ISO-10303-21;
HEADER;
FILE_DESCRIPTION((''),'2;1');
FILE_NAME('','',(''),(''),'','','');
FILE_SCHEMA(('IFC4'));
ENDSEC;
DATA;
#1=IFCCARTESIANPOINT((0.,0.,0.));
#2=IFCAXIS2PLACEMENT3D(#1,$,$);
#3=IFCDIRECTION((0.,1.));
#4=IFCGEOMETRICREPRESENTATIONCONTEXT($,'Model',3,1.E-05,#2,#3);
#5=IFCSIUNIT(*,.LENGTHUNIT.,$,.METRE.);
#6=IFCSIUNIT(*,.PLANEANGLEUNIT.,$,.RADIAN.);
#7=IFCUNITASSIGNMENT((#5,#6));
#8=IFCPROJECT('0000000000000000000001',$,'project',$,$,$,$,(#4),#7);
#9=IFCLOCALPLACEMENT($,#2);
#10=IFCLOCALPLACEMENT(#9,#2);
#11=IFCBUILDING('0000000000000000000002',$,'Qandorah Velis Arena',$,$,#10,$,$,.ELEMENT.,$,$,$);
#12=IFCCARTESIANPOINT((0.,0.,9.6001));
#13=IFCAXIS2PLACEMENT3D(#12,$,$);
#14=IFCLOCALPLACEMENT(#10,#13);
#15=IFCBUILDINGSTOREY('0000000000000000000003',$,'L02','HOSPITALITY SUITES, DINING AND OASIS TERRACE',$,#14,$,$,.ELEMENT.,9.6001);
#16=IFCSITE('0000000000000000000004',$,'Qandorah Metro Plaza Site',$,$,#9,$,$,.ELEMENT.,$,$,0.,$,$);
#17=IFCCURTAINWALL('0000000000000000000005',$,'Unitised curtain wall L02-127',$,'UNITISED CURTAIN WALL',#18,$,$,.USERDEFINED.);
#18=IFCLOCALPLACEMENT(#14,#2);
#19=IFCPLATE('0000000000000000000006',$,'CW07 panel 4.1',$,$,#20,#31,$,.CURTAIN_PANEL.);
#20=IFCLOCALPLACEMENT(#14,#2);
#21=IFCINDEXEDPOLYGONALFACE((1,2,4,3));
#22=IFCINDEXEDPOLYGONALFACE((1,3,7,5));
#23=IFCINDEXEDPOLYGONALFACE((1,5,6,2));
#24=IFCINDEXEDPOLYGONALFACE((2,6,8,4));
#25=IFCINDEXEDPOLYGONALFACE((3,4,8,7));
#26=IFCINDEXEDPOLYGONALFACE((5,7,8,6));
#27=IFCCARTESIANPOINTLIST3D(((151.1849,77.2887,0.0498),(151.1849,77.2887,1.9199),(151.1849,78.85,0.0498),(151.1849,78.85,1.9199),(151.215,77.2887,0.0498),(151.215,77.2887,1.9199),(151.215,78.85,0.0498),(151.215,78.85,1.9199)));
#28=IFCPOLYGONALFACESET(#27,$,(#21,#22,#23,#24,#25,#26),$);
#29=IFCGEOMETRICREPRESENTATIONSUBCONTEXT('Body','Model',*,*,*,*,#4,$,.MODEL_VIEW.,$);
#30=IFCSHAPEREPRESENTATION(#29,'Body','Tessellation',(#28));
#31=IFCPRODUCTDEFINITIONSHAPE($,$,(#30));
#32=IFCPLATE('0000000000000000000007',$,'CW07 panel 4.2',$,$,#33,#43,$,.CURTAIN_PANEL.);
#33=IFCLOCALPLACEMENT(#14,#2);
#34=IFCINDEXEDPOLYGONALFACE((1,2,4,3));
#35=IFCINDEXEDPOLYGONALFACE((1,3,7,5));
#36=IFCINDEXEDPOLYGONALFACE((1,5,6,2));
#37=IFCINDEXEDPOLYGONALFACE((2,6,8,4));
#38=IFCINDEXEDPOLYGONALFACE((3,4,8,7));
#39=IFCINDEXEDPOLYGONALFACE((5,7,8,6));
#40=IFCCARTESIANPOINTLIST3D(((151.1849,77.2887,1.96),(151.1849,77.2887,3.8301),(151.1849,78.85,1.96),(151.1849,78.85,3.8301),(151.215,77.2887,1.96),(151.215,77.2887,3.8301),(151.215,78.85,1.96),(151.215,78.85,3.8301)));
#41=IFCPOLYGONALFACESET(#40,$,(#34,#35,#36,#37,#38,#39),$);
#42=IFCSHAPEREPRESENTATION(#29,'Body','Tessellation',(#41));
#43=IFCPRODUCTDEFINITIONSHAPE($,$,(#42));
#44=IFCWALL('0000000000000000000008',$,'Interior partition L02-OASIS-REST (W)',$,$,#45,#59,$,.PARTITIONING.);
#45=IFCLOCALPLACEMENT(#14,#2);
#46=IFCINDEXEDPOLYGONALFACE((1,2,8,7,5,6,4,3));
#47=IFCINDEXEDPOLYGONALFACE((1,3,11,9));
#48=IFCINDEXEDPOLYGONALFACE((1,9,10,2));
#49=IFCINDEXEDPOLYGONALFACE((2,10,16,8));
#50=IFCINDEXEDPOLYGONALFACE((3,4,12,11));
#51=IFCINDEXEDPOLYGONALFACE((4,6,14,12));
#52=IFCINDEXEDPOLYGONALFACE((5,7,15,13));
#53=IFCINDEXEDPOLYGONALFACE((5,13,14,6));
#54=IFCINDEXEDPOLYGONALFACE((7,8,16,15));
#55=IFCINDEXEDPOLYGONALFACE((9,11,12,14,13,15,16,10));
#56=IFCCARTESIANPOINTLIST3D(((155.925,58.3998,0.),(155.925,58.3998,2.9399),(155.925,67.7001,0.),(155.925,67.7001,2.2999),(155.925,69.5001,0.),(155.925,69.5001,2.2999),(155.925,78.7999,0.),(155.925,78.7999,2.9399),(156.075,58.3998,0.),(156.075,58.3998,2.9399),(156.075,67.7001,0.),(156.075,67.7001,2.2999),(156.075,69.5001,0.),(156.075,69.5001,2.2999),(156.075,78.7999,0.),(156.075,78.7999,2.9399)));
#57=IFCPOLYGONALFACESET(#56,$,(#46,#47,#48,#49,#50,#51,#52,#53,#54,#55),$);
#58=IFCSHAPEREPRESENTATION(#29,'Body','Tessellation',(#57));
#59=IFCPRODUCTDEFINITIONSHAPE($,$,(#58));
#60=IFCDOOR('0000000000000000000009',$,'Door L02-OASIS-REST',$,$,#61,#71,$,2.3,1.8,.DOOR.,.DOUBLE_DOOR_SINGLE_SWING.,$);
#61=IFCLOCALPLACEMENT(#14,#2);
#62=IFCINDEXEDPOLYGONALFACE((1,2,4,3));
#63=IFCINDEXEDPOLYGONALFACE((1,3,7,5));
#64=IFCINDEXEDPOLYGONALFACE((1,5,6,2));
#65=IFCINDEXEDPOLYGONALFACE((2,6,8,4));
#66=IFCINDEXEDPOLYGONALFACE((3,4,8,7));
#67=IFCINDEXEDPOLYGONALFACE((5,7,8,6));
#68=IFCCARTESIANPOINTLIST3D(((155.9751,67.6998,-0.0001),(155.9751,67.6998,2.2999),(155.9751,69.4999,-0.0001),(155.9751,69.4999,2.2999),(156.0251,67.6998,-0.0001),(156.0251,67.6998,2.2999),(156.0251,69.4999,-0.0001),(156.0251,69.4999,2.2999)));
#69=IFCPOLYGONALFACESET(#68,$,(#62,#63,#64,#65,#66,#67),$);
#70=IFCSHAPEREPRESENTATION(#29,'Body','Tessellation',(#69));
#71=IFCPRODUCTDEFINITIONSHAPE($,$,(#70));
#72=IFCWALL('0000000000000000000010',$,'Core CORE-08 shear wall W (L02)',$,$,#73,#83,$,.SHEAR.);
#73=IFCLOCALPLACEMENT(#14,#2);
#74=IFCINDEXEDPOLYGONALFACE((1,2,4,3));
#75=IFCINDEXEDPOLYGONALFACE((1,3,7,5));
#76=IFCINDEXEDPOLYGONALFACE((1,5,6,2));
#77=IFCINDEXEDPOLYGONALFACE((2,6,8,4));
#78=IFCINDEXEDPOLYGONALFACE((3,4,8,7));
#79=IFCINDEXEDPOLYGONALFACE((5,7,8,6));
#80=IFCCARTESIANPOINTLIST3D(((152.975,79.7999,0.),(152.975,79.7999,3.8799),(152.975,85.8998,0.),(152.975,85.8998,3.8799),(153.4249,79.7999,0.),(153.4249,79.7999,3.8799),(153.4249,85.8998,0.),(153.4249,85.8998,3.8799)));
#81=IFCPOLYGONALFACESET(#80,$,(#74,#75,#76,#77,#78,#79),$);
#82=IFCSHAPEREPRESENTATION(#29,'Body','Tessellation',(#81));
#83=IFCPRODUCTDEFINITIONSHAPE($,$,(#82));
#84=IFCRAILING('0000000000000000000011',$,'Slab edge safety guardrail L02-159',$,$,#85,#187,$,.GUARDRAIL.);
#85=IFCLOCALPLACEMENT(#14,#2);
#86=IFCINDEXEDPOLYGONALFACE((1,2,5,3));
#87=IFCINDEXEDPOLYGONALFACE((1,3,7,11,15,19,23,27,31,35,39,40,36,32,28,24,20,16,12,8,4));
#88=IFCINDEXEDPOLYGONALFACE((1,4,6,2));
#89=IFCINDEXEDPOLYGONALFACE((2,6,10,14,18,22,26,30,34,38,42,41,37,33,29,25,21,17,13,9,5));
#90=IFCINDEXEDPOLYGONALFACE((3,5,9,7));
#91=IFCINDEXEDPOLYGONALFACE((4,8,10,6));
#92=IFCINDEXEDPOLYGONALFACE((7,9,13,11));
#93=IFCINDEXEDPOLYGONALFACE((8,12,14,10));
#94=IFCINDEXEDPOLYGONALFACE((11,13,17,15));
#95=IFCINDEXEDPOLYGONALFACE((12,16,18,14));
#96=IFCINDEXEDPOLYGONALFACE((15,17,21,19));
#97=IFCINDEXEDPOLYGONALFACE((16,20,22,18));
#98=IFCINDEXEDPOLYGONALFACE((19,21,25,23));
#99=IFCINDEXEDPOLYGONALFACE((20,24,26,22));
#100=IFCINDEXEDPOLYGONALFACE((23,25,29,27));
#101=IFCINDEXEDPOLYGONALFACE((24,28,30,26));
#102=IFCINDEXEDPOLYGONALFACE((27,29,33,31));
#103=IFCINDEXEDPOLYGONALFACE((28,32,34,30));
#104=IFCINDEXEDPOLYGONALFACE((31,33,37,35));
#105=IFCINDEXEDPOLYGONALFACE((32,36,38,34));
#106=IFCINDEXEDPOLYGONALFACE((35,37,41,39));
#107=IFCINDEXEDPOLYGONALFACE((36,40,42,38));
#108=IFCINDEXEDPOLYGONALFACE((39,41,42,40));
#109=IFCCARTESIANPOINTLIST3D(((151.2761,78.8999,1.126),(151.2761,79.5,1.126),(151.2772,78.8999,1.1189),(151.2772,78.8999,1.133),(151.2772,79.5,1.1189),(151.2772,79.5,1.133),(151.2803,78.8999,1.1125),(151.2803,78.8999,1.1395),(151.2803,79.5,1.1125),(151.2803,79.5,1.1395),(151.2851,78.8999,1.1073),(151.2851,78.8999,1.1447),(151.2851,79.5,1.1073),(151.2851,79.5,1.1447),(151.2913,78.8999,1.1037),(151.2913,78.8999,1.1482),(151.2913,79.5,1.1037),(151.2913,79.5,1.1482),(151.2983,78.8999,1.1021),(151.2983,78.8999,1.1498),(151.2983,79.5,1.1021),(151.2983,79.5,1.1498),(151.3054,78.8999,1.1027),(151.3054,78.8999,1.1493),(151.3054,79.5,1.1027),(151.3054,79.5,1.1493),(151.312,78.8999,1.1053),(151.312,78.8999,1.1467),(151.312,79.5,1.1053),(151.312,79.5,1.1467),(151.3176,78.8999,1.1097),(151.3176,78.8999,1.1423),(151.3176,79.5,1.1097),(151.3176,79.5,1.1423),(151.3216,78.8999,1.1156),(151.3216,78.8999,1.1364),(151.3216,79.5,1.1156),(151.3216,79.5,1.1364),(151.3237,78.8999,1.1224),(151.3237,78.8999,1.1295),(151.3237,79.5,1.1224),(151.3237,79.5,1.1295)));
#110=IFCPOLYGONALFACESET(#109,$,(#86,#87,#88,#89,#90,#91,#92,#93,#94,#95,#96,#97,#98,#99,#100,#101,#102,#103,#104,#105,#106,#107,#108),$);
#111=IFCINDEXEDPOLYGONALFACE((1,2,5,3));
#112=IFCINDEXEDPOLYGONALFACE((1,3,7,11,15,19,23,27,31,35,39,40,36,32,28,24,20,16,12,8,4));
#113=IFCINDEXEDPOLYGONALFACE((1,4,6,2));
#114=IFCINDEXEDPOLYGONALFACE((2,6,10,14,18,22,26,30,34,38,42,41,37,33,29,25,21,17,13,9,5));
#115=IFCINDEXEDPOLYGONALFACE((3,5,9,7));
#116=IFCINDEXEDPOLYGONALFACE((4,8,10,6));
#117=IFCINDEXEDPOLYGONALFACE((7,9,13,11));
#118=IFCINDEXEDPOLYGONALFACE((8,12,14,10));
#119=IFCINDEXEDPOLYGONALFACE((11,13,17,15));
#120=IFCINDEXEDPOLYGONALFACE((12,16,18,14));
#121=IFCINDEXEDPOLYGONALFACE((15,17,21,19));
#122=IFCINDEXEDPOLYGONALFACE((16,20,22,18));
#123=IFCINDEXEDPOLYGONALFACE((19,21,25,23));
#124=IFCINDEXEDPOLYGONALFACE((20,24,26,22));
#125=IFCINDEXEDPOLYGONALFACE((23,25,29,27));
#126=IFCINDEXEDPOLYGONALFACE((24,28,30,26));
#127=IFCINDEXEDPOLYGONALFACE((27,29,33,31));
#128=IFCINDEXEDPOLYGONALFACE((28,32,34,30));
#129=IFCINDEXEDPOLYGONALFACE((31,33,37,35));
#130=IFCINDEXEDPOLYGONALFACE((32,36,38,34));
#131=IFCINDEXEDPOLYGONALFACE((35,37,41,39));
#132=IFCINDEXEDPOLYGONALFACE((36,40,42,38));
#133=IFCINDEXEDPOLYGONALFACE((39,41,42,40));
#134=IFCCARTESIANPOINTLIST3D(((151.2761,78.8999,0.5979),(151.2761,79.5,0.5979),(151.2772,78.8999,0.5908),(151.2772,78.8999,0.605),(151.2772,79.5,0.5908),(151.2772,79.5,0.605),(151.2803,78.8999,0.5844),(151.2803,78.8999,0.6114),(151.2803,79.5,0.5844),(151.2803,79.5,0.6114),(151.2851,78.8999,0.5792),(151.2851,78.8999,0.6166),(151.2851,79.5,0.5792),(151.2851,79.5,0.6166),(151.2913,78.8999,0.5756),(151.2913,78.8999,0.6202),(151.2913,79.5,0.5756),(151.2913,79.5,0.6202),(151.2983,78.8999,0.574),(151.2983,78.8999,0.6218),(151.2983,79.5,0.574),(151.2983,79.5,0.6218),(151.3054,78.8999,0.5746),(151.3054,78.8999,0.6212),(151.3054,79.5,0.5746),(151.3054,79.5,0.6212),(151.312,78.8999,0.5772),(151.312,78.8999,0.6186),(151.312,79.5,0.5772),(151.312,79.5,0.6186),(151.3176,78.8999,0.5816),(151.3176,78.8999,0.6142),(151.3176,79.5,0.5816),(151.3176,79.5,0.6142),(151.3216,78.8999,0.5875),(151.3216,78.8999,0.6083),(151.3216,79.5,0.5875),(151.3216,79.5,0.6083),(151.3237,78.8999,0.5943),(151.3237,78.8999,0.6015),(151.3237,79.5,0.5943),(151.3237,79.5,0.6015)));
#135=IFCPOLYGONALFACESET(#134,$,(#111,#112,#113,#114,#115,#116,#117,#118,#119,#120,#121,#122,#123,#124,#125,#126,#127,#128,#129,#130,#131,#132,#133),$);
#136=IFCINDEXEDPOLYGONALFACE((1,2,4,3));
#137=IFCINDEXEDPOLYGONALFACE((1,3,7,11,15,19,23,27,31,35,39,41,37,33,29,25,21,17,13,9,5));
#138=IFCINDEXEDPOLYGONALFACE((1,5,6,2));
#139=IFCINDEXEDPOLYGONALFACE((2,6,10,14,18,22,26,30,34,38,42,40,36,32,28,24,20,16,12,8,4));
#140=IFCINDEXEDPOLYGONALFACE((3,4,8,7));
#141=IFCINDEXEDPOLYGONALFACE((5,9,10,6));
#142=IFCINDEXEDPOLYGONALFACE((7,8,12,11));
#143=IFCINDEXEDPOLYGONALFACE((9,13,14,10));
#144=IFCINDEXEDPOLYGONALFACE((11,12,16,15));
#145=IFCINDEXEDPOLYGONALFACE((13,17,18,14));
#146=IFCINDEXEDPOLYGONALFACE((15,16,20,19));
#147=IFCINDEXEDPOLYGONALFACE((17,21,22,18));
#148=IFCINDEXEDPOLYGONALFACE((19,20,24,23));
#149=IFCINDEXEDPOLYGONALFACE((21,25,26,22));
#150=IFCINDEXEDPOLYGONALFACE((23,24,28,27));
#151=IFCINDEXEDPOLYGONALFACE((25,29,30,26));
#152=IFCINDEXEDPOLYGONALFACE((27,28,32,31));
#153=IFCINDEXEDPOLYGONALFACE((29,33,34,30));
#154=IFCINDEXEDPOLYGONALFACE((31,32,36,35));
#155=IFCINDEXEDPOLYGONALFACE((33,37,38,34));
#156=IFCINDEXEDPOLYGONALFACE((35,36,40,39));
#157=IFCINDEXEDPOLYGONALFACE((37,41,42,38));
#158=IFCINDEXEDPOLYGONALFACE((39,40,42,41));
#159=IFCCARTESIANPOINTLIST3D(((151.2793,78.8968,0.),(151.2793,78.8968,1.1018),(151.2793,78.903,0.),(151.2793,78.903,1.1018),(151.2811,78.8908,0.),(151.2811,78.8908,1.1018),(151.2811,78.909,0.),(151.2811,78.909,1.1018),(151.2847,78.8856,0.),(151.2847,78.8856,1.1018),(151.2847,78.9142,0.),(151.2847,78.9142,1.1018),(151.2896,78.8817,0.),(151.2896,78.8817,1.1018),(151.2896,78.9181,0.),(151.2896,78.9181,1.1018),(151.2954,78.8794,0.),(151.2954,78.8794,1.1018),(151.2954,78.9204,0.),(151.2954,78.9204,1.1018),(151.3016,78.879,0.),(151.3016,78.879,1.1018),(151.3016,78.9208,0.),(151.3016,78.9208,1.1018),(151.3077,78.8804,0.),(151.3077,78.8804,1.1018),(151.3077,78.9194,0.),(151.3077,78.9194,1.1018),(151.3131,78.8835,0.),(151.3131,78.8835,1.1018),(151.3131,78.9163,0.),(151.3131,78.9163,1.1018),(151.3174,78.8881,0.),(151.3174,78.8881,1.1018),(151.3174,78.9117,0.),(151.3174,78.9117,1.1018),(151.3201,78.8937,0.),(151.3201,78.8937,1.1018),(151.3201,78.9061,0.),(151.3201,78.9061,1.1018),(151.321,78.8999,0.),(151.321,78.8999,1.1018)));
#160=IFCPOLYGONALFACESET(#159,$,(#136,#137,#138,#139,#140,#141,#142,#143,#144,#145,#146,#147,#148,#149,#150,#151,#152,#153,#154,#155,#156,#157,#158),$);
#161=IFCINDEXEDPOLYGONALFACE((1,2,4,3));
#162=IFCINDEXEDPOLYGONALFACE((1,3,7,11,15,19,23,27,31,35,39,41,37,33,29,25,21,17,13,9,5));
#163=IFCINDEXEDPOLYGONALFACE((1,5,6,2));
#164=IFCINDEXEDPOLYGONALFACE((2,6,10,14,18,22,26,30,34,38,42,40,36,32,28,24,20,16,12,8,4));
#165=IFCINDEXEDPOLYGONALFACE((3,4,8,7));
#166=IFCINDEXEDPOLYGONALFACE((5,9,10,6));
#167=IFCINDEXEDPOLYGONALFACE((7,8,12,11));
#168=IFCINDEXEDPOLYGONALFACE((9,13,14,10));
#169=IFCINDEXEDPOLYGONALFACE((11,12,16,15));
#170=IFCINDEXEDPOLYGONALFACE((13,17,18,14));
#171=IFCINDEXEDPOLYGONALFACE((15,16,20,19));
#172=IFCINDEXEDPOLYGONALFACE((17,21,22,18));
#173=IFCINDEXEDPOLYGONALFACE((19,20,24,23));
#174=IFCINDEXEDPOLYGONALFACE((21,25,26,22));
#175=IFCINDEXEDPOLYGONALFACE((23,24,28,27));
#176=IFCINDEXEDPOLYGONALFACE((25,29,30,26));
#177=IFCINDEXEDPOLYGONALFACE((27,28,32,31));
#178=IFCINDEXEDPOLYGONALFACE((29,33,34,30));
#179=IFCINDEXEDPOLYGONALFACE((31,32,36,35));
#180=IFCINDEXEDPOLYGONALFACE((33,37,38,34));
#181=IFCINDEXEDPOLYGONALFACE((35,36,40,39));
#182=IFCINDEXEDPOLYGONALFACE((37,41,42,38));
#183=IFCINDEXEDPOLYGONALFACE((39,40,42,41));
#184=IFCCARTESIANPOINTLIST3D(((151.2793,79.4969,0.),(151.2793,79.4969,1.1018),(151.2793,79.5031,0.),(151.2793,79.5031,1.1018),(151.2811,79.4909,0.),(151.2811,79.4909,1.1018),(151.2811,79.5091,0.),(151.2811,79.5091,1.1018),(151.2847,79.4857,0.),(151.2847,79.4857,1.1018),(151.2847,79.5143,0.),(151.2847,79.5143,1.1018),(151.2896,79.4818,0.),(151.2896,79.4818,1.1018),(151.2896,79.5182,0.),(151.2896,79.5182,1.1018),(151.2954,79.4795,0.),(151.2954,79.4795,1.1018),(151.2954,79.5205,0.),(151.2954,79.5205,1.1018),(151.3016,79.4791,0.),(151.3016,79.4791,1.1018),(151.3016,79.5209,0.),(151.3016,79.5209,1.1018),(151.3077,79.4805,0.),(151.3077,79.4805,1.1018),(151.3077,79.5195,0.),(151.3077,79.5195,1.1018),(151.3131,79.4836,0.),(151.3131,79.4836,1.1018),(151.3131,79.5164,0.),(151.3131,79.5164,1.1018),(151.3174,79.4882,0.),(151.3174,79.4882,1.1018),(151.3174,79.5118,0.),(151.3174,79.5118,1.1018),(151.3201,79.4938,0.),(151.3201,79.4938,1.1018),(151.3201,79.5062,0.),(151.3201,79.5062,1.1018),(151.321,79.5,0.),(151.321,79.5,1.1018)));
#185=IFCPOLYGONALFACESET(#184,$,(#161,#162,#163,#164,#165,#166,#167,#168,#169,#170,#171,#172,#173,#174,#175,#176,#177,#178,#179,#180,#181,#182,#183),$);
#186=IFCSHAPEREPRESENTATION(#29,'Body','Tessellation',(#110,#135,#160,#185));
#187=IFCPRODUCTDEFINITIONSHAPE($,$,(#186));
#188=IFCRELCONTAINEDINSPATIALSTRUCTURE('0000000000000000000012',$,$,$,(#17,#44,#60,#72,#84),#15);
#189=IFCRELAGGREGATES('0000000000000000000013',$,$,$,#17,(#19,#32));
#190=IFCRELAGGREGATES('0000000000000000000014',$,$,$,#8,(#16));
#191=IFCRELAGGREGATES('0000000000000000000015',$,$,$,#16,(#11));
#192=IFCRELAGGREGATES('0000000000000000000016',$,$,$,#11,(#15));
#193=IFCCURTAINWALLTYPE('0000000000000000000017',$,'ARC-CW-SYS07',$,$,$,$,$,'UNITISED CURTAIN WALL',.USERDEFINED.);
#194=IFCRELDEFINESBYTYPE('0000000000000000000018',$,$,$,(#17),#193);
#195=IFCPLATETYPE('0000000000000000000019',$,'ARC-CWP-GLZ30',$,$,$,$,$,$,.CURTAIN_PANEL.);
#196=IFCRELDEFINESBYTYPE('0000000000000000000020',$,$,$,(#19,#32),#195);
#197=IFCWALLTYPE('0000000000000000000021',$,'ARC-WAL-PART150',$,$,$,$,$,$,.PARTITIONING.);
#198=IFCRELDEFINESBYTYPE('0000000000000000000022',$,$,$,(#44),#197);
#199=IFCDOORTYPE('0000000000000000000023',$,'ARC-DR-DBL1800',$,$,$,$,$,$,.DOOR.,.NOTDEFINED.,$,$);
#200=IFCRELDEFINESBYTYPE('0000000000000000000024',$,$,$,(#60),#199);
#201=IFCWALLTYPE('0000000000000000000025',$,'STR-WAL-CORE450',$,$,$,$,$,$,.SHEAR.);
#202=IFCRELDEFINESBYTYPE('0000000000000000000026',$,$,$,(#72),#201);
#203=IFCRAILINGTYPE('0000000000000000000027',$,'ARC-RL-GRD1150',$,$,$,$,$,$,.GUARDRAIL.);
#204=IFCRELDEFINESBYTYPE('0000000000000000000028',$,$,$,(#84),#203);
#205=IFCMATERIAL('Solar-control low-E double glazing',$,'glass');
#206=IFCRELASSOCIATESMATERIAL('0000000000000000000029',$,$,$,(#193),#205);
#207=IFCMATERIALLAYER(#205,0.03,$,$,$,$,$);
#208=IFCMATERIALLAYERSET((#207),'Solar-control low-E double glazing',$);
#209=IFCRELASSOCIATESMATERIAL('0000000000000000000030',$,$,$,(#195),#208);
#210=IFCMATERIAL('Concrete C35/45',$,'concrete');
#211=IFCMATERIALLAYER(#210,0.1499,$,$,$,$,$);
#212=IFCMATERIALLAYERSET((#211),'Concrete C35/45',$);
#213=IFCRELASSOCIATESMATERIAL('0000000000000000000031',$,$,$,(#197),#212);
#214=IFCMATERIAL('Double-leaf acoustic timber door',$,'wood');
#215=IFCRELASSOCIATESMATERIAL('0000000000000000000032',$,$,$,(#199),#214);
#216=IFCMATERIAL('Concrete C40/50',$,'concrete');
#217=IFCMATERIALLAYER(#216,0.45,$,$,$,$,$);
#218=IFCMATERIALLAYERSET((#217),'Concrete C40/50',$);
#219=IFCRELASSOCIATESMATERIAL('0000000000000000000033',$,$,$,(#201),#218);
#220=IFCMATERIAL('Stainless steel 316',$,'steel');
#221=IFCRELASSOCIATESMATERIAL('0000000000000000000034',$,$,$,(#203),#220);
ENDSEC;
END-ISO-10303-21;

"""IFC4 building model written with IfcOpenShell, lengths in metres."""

from ifc_helpers import new_model, si_unit, direction, frame, frame_2d, origin, origin_2d, place, context, subcontext, project, spatial, rectangle, circle, extrude, material, layer, layer_set, type_object, element, fill, aggregate, save


model = new_model("IFC4")

# Units and contexts
model_context = context("Model", 3, precision=1e-05, world=origin(), true_north=direction((0.0, 1.0)))
body_context = subcontext(model_context, "Body", "Model", "MODEL_VIEW")
ifc_project = project(units=[si_unit("LENGTHUNIT", "METRE"), si_unit("PLANEANGLEUNIT", "RADIAN")], contexts=[model_context])

# Site, building, storey
site_placement = place(None, origin())
site = spatial("IfcSite", under=ifc_project, at=site_placement, Name="Qandorah Metro Plaza Site", CompositionType="ELEMENT", RefElevation=0.0)
building_placement = place(site_placement, origin())
building = spatial("IfcBuilding", under=site, at=building_placement, Name="Qandorah Velis Arena", CompositionType="ELEMENT")
storey_placement = place(building_placement, frame((0.0, 0.0, 9.6001)))
storey = spatial("IfcBuildingStorey", under=building, at=storey_placement, Name="L02", Description="HOSPITALITY SUITES, DINING AND OASIS TERRACE", CompositionType="ELEMENT", Elevation=9.6001)

# Curtain wall
ifc_material_1 = material(Name="Solar-control low-E double glazing", Category="glass")
curtain_wall_type_1 = type_object("IfcCurtainWallType", Name="ARC-CW-SYS07", ElementType="UNITISED CURTAIN WALL", PredefinedType="USERDEFINED", material=ifc_material_1)
curtain_wall_1_placement = place(storey_placement, origin())
curtain_wall_1 = element("IfcCurtainWall", 1, at=curtain_wall_1_placement, inside=storey, type_object=curtain_wall_type_1, Name="Unitised curtain wall L02-127", ObjectType="UNITISED CURTAIN WALL", PredefinedType="USERDEFINED")

# Plates
ifc_layer_1 = layer(ifc_material_1, 0.03)
ifc_layer_set_1 = layer_set([ifc_layer_1], Name="Solar-control low-E double glazing")
plate_type = type_object("IfcPlateType", Name="ARC-CWP-GLZ30", PredefinedType="CURTAIN_PANEL", material=ifc_layer_set_1)
plate_1_placement = place(storey_placement, frame((151.2, 78.0693, 0.0498), z_axis=(0.0, 0.0, 1.0), x_axis=(0.0, 1.0, 0.0)))
plate_1 = element("IfcPlate", 2, at=plate_1_placement, type_object=plate_type, Name="CW07 panel 4.1", PredefinedType="CURTAIN_PANEL", context=body_context, shape_type="SweptSolid", body=[
    extrude(rectangle(XDim=1.5613, YDim=0.03, at=origin_2d()), origin(), (0.0, 0.0, 1.0), 1.8701),
])
plate_2_placement = place(storey_placement, frame((151.2, 78.0693, 1.96), z_axis=(0.0, 0.0, 1.0), x_axis=(0.0, 1.0, 0.0)))
plate_2 = element("IfcPlate", 3, at=plate_2_placement, type_object=plate_type, Name="CW07 panel 4.2", PredefinedType="CURTAIN_PANEL", context=body_context, shape_type="SweptSolid", body=[
    extrude(rectangle(XDim=1.5613, YDim=0.03, at=origin_2d()), origin(), (0.0, 0.0, 1.0), 1.8701),
])
aggregate(curtain_wall_1, [plate_1, plate_2])

# Wall, opening, door
ifc_material_2 = material(Name="Concrete C35/45", Category="concrete")
ifc_layer_2 = layer(ifc_material_2, 0.1499)
ifc_layer_set_2 = layer_set([ifc_layer_2], Name="Concrete C35/45")
wall_type_1 = type_object("IfcWallType", Name="ARC-WAL-PART150", PredefinedType="PARTITIONING", material=ifc_layer_set_2)
wall_1_placement = place(storey_placement, frame((156.0, 78.8, 0.0), z_axis=(0.0, 0.0, 1.0), x_axis=(0.0, -1.0, 0.0)))
wall_1 = element("IfcWall", 4, at=wall_1_placement, inside=storey, type_object=wall_type_1, Name="Interior partition L02-OASIS-REST (W)", PredefinedType="PARTITIONING", context=body_context, shape_type="SweptSolid", body=[
    extrude(rectangle(XDim=20.4001, YDim=0.1499, at=frame_2d((10.2002, 0.0))), origin(), (0.0, 0.0, 1.0), 2.9399),
])
opening_1_placement = place(wall_1_placement, frame((9.3, 0.0, 0.0)))
opening_1 = element("IfcOpeningElement", 5, at=opening_1_placement, cuts=wall_1, PredefinedType="OPENING", context=body_context, shape_type="SweptSolid", body=[
    extrude(rectangle(XDim=1.8, YDim=2.3, at=frame_2d((0.8999, 1.1499))), frame((0.0, 0.085, 0.0), z_axis=(0.0, -1.0, 0.0), x_axis=(1.0, 0.0, 0.0)), (0.0, 0.0, 1.0), 0.1699),
])
ifc_material_3 = material(Name="Double-leaf acoustic timber door", Category="wood")
door_type_1 = type_object("IfcDoorType", Name="ARC-DR-DBL1800", OperationType="NOTDEFINED", PredefinedType="DOOR", material=ifc_material_3)
door_1_placement = place(opening_1_placement, frame((1.8, 0.0, 0.0), z_axis=(0.0, 0.0, 1.0), x_axis=(-1.0, 0.0, 0.0)))
door_1 = element("IfcDoor", 6, at=door_1_placement, inside=storey, type_object=door_type_1, Name="Door L02-OASIS-REST", OperationType="DOUBLE_DOOR_SINGLE_SWING", OverallHeight=2.3, OverallWidth=1.8, PredefinedType="DOOR", context=body_context, shape_type="SweptSolid", body=[
    extrude(rectangle(XDim=1.8, YDim=2.3, at=frame_2d((0.8999, 1.1499))), frame((0.0, 0.0249, 0.0), z_axis=(0.0, -1.0, 0.0), x_axis=(1.0, 0.0, 0.0)), (0.0, 0.0, 1.0), 0.05),
])
fill(opening_1, door_1)

# Shared definitions
ifc_material_4 = material(Name="Concrete C40/50", Category="concrete")
ifc_layer_3 = layer(ifc_material_4, 0.45)
ifc_layer_set_3 = layer_set([ifc_layer_3], Name="Concrete C40/50")
wall_type_2 = type_object("IfcWallType", Name="STR-WAL-CORE450", PredefinedType="SHEAR", material=ifc_layer_set_3)

# Wall
wall_2_placement = place(storey_placement, frame((153.2, 79.8, 0.0), z_axis=(0.0, 0.0, 1.0), x_axis=(0.0, 1.0, 0.0)))
element("IfcWall", 7, at=wall_2_placement, inside=storey, type_object=wall_type_2, Name="Core CORE-08 shear wall W (L02)", PredefinedType="SHEAR", context=body_context, shape_type="SweptSolid", body=[
    extrude(rectangle(XDim=6.0999, YDim=0.45, at=frame_2d((3.0498, 0.0))), origin(), (0.0, 0.0, 1.0), 3.8799),
])

# Railing
ifc_material_5 = material(Name="Stainless steel 316", Category="steel")
railing_type = type_object("IfcRailingType", Name="ARC-RL-GRD1150", PredefinedType="GUARDRAIL", material=ifc_material_5)
railing_placement = place(storey_placement, frame((151.3, 78.8999, 0.0)))
element("IfcRailing", 8, at=railing_placement, inside=storey, type_object=railing_type, Name="Slab edge safety guardrail L02-159", PredefinedType="GUARDRAIL", context=body_context, shape_type="SweptSolid", body=[
    extrude(circle(Radius=0.0239, at=origin_2d()), frame((0.0, 0.0, 1.126), z_axis=(0.0, 1.0, 0.0), x_axis=(-1.0, 0.0, 0.0)), (0.0, 0.0, 1.0), 0.6001),
    extrude(circle(Radius=0.0239, at=origin_2d()), frame((0.0, 0.0, 0.5979), z_axis=(0.0, 1.0, 0.0), x_axis=(-1.0, 0.0, 0.0)), (0.0, 0.0, 1.0), 0.6001),
    extrude(circle(Radius=0.021, at=origin_2d()), origin(), (0.0, 0.0, 1.0), 1.1018),
    extrude(circle(Radius=0.021, at=origin_2d()), frame((0.0, 0.6001, 0.0)), (0.0, 0.0, 1.0), 1.1018),
])

save(model, "model.ifc")
